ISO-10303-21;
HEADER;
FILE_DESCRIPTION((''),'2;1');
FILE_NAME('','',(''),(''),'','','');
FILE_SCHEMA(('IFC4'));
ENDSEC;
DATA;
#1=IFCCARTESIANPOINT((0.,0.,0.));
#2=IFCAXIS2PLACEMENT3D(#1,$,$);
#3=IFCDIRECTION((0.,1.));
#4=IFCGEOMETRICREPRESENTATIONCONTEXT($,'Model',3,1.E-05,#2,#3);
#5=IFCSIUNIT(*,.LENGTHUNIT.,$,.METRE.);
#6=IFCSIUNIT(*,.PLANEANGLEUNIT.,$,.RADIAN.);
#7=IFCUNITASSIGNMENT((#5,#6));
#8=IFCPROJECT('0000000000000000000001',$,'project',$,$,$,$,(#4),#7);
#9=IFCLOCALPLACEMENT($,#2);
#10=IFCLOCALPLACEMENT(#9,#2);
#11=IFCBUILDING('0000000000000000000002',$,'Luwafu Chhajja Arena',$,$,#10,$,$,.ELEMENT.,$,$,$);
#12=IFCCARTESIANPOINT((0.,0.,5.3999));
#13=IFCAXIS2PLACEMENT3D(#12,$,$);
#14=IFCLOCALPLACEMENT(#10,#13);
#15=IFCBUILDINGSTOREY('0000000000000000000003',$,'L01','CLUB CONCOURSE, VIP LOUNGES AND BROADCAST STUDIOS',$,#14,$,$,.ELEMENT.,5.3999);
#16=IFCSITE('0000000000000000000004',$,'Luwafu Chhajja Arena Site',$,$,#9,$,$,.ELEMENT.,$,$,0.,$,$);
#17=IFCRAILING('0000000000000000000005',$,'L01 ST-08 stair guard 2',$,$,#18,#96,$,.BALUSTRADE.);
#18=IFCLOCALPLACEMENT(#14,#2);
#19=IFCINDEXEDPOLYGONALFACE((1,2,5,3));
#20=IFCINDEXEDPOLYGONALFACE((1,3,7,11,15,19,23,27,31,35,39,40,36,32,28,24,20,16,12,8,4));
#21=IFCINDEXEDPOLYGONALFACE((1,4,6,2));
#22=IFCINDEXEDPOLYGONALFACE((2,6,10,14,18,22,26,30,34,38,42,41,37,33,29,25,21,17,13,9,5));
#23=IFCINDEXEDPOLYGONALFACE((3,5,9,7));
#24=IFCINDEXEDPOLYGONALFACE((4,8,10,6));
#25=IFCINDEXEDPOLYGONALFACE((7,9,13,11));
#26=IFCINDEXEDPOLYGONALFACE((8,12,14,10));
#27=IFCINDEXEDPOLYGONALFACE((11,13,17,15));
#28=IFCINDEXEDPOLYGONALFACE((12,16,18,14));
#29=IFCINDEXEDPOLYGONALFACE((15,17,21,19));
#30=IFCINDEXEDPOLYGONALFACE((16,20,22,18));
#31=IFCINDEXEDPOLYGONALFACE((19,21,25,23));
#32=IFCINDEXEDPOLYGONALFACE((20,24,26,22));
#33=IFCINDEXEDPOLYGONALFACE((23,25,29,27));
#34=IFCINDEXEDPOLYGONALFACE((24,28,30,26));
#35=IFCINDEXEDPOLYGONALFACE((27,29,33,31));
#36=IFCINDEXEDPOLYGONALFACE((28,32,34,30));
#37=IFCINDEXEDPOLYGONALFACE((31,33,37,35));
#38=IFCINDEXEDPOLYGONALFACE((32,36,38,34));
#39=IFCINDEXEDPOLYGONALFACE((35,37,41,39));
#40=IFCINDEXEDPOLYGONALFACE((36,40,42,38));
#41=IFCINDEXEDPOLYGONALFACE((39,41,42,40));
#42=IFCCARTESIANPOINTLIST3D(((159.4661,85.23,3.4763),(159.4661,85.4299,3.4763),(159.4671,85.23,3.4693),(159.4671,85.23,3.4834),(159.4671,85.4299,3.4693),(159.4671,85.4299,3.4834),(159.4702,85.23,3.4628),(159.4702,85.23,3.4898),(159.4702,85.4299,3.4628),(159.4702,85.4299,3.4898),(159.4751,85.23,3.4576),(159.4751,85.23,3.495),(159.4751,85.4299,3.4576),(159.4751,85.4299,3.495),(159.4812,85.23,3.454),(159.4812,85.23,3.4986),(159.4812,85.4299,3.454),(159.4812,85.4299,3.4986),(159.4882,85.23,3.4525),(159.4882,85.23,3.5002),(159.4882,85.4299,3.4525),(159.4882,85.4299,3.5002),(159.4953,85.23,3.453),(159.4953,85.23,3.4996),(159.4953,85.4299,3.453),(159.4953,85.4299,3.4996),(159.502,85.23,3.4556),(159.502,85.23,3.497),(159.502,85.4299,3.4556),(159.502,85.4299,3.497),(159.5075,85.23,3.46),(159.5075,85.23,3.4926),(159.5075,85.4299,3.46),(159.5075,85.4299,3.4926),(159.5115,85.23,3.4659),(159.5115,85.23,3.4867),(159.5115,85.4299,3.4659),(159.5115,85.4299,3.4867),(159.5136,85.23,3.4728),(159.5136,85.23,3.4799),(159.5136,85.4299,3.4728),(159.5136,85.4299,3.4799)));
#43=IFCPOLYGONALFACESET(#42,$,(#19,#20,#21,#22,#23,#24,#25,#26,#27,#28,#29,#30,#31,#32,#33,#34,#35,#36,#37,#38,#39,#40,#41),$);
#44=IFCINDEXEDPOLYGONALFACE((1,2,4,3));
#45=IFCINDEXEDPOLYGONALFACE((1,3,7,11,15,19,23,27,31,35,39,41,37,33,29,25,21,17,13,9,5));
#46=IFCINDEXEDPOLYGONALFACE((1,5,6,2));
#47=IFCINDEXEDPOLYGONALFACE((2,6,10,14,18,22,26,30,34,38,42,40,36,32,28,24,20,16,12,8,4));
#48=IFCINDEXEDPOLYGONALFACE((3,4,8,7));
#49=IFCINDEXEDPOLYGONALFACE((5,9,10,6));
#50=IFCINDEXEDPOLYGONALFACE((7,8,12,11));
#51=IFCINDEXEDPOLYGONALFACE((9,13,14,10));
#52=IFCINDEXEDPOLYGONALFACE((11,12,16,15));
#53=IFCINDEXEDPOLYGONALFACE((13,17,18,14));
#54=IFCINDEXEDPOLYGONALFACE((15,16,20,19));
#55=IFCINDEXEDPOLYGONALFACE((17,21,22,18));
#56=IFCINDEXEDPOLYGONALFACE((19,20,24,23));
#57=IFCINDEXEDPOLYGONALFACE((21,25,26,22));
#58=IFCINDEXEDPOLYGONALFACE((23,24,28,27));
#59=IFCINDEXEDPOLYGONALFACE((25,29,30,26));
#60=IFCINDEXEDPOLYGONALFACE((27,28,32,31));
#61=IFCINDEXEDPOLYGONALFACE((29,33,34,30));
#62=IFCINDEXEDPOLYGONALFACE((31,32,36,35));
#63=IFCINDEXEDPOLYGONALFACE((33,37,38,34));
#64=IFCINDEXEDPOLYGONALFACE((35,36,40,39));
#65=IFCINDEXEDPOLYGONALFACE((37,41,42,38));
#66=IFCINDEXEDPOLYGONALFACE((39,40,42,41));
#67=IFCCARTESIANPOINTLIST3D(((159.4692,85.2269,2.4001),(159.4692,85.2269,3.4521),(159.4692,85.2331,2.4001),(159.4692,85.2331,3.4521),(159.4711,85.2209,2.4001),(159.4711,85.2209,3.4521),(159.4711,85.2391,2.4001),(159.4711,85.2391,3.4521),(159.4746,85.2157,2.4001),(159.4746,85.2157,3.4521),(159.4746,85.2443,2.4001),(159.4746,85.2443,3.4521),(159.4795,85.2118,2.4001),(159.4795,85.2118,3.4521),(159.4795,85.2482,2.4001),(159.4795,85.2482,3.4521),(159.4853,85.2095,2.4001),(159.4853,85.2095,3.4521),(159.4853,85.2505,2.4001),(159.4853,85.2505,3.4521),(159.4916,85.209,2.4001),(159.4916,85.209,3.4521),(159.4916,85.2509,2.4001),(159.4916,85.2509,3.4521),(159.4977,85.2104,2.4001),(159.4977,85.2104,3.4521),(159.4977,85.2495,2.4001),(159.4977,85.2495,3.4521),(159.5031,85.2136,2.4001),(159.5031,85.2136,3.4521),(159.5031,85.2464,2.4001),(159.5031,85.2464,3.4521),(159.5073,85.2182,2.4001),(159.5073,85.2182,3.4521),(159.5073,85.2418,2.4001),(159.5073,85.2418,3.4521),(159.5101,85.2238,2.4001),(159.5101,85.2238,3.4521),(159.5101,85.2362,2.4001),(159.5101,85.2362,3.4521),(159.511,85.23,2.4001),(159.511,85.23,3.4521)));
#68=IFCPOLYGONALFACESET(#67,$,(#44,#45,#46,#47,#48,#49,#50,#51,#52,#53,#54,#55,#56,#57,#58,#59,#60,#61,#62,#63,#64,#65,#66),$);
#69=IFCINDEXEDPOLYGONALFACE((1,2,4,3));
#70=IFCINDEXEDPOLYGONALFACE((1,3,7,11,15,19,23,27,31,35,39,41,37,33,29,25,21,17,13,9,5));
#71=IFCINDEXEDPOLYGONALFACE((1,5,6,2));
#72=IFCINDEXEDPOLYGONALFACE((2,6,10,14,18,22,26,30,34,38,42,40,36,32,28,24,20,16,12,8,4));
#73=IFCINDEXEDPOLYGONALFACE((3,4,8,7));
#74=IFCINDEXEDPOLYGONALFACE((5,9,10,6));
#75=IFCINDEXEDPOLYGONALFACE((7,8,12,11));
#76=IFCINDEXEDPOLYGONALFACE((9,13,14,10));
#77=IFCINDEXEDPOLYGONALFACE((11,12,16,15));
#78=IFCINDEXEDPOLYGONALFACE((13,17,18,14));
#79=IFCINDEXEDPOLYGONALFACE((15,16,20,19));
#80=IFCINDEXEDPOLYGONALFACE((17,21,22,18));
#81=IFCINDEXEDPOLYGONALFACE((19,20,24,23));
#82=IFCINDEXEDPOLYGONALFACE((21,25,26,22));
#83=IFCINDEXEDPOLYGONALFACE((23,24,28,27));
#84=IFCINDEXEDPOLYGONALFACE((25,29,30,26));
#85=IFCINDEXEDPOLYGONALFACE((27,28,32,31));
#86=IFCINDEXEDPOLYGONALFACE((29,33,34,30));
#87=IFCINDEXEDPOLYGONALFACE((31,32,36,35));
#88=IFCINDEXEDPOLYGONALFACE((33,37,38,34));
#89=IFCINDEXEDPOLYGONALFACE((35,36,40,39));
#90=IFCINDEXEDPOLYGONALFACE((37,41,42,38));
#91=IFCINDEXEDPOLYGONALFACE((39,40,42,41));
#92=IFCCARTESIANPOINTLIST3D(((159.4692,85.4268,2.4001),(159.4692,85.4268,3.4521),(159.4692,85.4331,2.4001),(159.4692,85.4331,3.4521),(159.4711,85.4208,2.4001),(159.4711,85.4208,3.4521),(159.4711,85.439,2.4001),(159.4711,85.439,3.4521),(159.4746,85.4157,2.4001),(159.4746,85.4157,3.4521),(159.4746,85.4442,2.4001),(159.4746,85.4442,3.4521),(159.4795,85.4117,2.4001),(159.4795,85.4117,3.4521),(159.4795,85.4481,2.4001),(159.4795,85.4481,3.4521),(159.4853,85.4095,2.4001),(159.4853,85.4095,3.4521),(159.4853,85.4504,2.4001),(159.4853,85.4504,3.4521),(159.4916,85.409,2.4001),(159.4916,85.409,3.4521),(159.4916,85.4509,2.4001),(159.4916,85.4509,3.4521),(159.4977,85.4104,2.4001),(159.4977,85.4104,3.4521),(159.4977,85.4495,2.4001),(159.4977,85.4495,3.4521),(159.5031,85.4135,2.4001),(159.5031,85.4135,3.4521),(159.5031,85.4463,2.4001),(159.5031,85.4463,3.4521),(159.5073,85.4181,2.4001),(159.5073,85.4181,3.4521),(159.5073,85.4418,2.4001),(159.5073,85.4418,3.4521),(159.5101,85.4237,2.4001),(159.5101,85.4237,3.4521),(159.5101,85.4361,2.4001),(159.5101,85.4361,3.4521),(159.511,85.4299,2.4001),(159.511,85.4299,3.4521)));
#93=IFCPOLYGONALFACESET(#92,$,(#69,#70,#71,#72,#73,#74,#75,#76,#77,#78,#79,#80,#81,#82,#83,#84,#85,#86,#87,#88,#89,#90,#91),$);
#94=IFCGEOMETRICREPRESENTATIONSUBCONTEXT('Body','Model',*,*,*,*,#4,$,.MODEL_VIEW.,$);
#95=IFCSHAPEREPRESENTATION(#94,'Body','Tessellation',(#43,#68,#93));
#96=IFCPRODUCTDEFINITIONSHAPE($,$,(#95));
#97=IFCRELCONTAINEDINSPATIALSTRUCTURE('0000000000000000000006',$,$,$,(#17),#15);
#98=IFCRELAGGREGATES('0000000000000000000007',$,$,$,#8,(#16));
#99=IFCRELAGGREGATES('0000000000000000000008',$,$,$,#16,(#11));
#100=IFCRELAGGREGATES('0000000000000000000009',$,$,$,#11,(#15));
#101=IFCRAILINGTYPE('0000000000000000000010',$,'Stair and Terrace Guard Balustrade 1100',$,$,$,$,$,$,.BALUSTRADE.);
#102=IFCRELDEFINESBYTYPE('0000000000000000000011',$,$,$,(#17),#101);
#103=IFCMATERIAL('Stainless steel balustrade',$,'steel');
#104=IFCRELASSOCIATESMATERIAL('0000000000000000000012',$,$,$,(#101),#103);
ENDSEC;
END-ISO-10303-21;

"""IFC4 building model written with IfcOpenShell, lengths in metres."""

from ifc_helpers import new_model, si_unit, direction, frame, origin, origin_2d, place, context, subcontext, project, spatial, circle, extrude, material, type_object, element, save


model = new_model("IFC4")

# Units and contexts
model_context = context("Model", 3, precision=1e-05, world=origin(), true_north=direction((0.0, 1.0)))
body_context = subcontext(model_context, "Body", "Model", "MODEL_VIEW")
ifc_project = project(units=[si_unit("LENGTHUNIT", "METRE"), si_unit("PLANEANGLEUNIT", "RADIAN")], contexts=[model_context])

# Site, building, storey
site_placement = place(None, origin())
site = spatial("IfcSite", under=ifc_project, at=site_placement, Name="Luwafu Chhajja Arena Site", CompositionType="ELEMENT", RefElevation=0.0)
building_placement = place(site_placement, origin())
building = spatial("IfcBuilding", under=site, at=building_placement, Name="Luwafu Chhajja Arena", CompositionType="ELEMENT")
storey_placement = place(building_placement, frame((0.0, 0.0, 5.3999)))
storey = spatial("IfcBuildingStorey", under=building, at=storey_placement, Name="L01", Description="CLUB CONCOURSE, VIP LOUNGES AND BROADCAST STUDIOS", CompositionType="ELEMENT", Elevation=5.3999)

# Railing
ifc_material_1 = material(Name="Stainless steel balustrade", Category="steel")
railing_type_1 = type_object("IfcRailingType", Name="Stair and Terrace Guard Balustrade 1100", PredefinedType="BALUSTRADE", material=ifc_material_1)
railing_1_placement = place(storey_placement, frame((159.49, 85.23, 2.4001)))
element("IfcRailing", 1, at=railing_1_placement, inside=storey, type_object=railing_type_1, Name="L01 ST-08 stair guard 2", PredefinedType="BALUSTRADE", context=body_context, shape_type="SweptSolid", body=[
    extrude(circle(Radius=0.0239, at=origin_2d()), frame((0.0, 0.0, 1.0762), z_axis=(0.0, 1.0, 0.0), x_axis=(-1.0, 0.0, 0.0)), (0.0, 0.0, 1.0), 0.2),
    extrude(circle(Radius=0.021, at=origin_2d()), origin(), (0.0, 0.0, 1.0), 1.052),
    extrude(circle(Radius=0.021, at=origin_2d()), frame((0.0, 0.2, 0.0)), (0.0, 0.0, 1.0), 1.052),
])

save(model, "model.ifc")
